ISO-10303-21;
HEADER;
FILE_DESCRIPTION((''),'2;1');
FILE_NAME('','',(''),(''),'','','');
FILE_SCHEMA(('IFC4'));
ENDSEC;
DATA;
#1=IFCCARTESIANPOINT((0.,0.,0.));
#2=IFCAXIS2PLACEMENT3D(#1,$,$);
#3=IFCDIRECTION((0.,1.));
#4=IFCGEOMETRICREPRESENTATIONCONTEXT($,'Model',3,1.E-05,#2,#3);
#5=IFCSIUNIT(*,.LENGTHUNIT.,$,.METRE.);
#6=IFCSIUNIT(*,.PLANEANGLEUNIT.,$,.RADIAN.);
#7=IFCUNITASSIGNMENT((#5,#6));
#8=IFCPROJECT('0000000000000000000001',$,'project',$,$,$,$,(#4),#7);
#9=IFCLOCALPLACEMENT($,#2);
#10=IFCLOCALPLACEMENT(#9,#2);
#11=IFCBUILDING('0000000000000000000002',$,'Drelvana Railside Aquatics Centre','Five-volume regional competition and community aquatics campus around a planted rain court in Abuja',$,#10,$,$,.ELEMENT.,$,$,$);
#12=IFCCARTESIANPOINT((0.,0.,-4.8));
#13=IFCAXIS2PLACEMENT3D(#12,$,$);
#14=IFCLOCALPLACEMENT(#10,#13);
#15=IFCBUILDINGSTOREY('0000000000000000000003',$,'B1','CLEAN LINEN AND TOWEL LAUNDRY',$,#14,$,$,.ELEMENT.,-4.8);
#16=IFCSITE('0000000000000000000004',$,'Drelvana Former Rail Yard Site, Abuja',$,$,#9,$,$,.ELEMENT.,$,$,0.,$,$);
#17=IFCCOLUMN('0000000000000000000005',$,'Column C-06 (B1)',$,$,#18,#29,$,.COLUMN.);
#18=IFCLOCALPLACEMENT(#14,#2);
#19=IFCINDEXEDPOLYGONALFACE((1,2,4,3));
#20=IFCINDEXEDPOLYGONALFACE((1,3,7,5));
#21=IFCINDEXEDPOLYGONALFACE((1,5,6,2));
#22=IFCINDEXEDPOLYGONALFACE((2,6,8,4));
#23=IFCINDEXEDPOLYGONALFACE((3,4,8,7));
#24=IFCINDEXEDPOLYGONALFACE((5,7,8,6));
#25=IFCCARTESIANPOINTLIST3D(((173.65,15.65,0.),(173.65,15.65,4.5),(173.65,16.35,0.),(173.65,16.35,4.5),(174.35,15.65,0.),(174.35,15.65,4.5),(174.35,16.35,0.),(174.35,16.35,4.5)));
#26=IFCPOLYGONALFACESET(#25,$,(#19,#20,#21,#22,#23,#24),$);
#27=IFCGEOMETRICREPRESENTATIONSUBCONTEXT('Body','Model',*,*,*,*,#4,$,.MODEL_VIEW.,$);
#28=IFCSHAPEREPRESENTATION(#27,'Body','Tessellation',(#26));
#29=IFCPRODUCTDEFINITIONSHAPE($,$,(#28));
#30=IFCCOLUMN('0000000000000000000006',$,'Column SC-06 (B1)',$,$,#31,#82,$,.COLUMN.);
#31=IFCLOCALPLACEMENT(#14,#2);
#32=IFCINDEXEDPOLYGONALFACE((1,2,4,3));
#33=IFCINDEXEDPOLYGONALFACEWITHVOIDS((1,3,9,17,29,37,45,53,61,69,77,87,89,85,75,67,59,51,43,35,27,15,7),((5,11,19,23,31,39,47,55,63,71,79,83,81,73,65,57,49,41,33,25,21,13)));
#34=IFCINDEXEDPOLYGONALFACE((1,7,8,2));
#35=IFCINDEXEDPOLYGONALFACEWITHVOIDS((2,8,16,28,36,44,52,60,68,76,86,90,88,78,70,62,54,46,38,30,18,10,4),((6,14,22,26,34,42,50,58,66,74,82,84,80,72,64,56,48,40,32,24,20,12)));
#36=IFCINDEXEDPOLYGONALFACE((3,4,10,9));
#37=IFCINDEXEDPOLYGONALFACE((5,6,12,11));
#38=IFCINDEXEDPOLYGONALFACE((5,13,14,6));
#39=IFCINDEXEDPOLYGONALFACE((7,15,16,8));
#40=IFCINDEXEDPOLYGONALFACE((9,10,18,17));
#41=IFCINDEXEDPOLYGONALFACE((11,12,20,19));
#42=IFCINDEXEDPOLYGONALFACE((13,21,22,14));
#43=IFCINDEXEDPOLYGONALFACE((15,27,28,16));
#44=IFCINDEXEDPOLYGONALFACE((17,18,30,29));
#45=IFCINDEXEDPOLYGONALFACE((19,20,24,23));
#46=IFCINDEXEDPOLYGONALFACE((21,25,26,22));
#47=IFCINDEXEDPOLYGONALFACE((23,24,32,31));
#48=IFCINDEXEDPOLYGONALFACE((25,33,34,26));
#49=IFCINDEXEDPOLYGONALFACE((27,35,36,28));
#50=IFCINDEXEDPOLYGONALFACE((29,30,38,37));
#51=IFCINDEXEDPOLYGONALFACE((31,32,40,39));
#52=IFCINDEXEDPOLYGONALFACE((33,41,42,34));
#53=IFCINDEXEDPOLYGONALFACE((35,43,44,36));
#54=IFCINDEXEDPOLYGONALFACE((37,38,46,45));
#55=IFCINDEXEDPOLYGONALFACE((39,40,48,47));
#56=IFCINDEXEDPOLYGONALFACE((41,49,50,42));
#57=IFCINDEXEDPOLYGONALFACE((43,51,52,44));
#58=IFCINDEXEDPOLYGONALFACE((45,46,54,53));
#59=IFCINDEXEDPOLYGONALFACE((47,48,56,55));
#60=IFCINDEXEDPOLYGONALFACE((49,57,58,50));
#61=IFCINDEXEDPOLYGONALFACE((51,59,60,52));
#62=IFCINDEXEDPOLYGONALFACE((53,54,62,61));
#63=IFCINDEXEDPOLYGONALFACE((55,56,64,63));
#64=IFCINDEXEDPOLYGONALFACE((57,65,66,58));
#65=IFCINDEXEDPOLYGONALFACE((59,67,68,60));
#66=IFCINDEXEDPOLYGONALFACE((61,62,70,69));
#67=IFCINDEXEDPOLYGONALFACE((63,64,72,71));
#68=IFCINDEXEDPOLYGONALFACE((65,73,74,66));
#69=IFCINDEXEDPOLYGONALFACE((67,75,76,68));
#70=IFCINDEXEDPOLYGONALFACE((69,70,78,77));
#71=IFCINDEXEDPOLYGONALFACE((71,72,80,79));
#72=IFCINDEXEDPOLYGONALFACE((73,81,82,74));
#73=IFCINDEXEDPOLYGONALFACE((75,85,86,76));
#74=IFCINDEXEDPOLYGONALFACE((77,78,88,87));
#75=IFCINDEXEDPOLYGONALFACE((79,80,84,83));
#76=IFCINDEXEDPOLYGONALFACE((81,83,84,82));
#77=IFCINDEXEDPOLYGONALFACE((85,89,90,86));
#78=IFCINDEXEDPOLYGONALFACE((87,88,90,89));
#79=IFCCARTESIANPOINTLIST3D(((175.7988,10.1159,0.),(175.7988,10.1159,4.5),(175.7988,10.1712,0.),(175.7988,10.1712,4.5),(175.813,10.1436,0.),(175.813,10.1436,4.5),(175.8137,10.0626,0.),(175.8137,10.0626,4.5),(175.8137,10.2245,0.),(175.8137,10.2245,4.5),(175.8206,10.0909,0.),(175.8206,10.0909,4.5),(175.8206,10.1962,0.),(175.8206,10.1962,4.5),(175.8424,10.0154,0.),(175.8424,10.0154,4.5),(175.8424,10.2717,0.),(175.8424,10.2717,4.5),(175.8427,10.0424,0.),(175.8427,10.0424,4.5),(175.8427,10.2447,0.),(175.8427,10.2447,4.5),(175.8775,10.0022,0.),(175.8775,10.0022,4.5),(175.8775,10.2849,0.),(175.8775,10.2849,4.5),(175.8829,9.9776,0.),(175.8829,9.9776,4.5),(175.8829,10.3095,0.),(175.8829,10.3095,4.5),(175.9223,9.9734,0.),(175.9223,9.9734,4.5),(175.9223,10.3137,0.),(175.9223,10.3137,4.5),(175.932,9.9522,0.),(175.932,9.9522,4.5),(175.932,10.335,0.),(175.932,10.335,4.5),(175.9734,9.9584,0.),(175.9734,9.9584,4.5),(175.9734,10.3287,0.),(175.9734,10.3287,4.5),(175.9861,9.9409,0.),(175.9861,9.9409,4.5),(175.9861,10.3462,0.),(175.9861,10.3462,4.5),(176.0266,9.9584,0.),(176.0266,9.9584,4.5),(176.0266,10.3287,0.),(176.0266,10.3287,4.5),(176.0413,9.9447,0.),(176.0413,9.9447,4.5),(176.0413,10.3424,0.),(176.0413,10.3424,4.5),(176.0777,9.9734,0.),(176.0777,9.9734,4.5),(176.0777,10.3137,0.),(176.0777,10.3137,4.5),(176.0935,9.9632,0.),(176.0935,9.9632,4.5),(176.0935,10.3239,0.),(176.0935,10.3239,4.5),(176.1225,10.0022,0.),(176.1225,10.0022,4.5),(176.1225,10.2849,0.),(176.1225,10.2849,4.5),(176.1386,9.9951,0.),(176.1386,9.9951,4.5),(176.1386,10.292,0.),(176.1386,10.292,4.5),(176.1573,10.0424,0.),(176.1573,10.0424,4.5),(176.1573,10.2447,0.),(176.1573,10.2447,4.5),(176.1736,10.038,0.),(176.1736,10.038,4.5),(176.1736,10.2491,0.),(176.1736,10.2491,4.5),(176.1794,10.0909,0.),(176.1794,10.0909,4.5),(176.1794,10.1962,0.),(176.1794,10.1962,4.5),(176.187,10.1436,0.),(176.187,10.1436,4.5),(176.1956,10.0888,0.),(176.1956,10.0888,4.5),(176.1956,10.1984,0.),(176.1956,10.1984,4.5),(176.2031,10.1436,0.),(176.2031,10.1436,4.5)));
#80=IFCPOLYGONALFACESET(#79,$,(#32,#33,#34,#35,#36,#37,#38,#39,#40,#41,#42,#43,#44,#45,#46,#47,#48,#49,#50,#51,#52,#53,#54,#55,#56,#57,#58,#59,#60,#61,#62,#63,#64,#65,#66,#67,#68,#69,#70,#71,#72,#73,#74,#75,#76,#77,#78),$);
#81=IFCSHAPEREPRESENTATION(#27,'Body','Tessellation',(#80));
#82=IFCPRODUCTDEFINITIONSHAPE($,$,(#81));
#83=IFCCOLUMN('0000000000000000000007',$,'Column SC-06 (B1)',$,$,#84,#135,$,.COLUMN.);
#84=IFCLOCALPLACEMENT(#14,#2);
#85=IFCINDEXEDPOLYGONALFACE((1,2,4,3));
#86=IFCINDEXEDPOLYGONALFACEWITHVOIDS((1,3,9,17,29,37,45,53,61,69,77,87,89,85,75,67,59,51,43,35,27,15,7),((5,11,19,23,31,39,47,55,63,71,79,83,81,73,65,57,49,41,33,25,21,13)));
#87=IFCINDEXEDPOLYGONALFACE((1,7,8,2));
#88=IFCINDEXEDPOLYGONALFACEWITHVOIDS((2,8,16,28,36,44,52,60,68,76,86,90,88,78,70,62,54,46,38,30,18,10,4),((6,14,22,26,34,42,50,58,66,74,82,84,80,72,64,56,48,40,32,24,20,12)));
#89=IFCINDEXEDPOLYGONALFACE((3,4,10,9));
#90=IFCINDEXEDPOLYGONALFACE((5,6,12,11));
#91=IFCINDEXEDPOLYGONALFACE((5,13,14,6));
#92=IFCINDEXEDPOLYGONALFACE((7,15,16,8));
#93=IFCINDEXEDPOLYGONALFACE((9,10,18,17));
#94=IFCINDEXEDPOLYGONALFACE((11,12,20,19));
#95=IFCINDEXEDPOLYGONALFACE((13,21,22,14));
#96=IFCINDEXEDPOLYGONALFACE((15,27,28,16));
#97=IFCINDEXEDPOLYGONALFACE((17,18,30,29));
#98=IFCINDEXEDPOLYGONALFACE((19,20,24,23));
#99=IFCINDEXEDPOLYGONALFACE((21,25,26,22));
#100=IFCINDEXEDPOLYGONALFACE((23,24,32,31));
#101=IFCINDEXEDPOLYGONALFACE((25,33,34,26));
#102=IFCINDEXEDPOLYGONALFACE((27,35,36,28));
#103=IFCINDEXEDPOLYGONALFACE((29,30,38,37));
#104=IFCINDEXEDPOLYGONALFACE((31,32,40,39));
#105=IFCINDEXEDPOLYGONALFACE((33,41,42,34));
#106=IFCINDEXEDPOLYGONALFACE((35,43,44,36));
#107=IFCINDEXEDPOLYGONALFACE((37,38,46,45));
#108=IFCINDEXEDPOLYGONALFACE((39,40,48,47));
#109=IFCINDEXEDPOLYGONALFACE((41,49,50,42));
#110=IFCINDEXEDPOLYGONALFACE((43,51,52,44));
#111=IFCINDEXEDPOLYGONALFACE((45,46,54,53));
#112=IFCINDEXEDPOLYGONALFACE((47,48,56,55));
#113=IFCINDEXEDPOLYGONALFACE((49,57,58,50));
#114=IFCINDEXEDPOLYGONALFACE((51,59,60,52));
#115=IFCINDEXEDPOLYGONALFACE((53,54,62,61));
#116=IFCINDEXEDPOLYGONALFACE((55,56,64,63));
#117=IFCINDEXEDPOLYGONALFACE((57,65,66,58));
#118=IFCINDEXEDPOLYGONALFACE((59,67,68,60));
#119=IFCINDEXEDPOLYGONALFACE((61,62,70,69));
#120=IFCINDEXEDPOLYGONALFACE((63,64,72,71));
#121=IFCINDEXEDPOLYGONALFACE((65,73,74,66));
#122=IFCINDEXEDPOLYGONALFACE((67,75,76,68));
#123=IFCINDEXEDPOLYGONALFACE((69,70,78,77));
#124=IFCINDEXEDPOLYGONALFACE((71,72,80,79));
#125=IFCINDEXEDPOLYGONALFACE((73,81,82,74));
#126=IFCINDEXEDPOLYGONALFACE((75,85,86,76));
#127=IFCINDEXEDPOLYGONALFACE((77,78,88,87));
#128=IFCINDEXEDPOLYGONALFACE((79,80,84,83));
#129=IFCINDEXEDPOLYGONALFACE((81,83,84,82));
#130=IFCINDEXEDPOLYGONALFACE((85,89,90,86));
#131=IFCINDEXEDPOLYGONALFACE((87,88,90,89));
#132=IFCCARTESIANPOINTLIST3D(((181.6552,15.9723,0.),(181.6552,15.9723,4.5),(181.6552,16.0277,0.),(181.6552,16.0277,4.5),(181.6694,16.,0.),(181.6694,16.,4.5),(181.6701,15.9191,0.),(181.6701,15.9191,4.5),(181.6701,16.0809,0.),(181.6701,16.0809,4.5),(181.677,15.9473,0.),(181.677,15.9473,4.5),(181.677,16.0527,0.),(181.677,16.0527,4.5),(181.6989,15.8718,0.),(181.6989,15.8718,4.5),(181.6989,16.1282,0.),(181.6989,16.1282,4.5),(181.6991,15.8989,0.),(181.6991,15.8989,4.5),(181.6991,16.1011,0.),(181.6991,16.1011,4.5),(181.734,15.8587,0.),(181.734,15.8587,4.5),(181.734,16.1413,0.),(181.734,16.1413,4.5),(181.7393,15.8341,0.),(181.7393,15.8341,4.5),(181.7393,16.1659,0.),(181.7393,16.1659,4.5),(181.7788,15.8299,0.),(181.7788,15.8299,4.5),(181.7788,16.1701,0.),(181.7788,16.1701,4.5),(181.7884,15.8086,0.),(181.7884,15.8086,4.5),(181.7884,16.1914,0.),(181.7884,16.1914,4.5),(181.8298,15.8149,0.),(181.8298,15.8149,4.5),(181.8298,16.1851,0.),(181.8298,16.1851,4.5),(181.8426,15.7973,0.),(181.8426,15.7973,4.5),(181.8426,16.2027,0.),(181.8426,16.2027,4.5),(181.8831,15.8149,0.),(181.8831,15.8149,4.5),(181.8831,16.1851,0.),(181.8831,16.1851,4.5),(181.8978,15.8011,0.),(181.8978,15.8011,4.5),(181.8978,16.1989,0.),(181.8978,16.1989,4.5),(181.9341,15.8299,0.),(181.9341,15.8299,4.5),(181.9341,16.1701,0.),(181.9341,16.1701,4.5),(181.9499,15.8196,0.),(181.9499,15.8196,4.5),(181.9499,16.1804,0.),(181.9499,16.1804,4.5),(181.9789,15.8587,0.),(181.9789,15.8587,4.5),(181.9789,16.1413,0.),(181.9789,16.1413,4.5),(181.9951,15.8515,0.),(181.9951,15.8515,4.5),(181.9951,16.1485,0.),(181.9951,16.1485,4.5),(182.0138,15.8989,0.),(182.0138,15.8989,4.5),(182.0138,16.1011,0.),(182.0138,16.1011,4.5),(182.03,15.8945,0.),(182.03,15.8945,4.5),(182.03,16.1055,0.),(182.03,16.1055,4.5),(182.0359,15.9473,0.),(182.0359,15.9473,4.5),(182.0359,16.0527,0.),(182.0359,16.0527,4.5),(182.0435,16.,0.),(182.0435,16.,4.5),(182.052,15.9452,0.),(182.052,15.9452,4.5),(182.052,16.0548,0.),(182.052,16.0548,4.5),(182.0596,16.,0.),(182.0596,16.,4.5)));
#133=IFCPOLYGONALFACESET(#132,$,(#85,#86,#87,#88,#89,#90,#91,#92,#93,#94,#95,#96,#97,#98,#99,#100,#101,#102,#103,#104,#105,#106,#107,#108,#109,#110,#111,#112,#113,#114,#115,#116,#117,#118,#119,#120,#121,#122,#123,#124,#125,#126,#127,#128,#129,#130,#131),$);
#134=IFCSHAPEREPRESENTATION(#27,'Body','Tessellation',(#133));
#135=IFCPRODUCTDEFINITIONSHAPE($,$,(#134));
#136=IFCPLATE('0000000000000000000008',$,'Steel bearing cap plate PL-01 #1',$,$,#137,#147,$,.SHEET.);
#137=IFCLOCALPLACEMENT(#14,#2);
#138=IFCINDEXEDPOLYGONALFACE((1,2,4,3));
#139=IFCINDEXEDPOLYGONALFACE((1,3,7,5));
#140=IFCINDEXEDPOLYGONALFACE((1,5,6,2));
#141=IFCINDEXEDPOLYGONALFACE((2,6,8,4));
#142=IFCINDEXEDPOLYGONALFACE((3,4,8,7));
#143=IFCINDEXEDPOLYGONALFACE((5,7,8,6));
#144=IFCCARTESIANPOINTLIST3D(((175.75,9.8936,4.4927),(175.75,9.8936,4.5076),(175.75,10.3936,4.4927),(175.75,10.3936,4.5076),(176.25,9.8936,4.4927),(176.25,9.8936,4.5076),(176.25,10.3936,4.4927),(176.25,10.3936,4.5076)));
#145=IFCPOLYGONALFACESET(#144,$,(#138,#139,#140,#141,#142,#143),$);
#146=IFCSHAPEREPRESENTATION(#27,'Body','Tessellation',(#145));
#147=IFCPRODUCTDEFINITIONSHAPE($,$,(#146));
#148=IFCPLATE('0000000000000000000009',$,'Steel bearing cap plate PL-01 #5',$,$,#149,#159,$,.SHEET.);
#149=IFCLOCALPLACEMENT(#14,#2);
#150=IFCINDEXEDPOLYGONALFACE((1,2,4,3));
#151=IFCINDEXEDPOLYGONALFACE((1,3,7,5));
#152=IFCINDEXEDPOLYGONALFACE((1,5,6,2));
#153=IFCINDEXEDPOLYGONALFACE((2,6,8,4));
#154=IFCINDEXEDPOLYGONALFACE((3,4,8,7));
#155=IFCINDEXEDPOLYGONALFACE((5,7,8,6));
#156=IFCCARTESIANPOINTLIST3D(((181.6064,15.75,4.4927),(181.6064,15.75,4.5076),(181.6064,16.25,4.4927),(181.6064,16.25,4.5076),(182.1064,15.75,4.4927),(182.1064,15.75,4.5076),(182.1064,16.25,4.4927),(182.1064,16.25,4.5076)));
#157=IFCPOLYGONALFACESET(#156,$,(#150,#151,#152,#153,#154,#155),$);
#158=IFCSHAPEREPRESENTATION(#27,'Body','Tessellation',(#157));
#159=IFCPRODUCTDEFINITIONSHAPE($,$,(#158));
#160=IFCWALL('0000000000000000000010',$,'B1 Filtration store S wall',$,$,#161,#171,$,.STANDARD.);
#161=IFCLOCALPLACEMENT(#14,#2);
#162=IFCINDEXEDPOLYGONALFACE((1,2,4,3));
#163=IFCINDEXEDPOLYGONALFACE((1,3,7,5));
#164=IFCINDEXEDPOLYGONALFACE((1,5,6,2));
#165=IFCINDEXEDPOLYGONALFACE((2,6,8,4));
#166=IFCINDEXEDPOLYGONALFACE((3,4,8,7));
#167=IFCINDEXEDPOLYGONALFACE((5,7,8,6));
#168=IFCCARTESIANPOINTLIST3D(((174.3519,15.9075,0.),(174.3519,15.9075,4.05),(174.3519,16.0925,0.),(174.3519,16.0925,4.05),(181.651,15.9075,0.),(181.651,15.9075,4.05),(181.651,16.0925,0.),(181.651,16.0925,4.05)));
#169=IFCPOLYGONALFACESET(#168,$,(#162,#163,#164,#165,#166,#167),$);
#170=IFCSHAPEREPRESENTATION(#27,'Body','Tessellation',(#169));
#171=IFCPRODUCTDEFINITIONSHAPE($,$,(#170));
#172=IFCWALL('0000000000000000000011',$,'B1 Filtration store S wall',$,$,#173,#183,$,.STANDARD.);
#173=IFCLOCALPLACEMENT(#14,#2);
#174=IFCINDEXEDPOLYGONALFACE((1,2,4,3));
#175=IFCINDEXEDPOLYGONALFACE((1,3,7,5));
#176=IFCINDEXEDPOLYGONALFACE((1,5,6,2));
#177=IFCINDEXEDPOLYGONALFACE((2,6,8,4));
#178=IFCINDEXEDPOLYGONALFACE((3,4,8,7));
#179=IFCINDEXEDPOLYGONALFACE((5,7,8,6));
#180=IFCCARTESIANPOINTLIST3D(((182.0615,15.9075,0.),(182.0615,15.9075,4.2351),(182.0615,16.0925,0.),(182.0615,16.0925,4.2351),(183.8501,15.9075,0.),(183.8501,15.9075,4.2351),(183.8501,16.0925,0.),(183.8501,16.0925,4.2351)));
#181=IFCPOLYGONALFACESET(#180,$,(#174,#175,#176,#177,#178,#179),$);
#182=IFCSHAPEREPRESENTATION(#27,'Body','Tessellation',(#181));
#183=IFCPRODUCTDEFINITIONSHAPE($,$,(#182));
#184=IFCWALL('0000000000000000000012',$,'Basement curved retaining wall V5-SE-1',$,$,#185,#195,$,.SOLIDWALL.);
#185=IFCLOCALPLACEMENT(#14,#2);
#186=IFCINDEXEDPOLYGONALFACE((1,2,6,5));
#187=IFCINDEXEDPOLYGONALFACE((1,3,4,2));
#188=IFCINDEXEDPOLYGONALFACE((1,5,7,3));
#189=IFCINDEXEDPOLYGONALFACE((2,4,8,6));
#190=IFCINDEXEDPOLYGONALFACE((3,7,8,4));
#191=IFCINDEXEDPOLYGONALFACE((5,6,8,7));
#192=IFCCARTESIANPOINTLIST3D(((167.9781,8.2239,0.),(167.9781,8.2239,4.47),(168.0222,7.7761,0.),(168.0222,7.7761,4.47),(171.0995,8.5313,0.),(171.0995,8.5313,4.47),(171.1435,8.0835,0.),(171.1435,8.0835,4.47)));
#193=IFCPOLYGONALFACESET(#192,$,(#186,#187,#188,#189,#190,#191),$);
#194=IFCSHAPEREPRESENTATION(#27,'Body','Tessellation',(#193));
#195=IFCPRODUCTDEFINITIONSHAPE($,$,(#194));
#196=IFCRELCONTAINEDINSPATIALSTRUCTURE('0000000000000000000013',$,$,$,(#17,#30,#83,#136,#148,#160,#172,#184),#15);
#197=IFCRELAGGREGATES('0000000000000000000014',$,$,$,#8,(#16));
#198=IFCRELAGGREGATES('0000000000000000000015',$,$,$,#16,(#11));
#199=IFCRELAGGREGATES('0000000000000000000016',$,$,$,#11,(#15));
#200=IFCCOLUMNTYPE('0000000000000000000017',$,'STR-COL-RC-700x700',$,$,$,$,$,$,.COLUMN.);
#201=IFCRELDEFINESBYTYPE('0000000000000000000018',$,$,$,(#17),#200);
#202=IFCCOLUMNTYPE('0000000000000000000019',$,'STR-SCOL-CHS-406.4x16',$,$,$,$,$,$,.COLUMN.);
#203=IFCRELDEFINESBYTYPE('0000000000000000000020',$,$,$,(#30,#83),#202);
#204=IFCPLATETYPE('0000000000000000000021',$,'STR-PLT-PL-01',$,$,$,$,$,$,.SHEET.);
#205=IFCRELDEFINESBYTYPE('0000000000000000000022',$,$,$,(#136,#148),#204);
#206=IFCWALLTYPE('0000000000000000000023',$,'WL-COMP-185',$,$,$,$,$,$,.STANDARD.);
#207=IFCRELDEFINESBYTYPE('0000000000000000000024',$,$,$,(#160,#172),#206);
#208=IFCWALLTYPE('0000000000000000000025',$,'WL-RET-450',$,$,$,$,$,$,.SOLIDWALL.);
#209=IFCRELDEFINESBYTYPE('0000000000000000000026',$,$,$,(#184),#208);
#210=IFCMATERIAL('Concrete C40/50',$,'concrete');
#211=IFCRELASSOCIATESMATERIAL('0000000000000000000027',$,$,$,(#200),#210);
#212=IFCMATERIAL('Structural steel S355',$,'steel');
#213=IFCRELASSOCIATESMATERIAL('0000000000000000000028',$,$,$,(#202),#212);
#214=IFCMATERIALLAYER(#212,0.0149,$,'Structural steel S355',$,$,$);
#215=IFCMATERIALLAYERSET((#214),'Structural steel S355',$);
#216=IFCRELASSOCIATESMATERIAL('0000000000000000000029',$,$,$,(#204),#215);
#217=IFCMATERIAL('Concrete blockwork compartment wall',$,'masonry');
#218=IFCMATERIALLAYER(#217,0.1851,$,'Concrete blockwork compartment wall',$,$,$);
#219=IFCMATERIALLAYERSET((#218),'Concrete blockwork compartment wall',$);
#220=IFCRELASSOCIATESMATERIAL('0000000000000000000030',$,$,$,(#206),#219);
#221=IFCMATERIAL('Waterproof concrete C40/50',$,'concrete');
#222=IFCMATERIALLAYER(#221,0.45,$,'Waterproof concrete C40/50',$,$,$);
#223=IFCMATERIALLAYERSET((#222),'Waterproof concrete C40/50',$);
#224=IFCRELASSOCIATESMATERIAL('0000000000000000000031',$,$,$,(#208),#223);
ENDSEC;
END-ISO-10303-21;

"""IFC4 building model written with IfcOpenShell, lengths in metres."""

from ifc_helpers import new_model, si_unit, direction, frame, frame_2d, origin, origin_2d, place, context, subcontext, project, spatial, rectangle, hollow_circle, extrude, material, layer, layer_set, material_profile, profile_set, type_object, element, save


model = new_model("IFC4")

# Units and contexts
model_context = context("Model", 3, precision=1e-05, world=origin(), true_north=direction((0.0, 1.0)))
body_context = subcontext(model_context, "Body", "Model", "MODEL_VIEW")
ifc_project = project(units=[si_unit("LENGTHUNIT", "METRE"), si_unit("PLANEANGLEUNIT", "RADIAN")], contexts=[model_context])

# Site, building, storey
site_placement = place(None, origin())
site = spatial("IfcSite", under=ifc_project, at=site_placement, Name="Drelvana Former Rail Yard Site, Abuja", CompositionType="ELEMENT", RefElevation=0.0)
building_placement = place(site_placement, origin())
building = spatial("IfcBuilding", under=site, at=building_placement, Name="Drelvana Railside Aquatics Centre", Description="Five-volume regional competition and community aquatics campus around a planted rain court in Abuja", CompositionType="ELEMENT")
storey_placement = place(building_placement, frame((0.0, 0.0, -4.8)))
storey = spatial("IfcBuildingStorey", under=building, at=storey_placement, Name="B1", Description="CLEAN LINEN AND TOWEL LAUNDRY", CompositionType="ELEMENT", Elevation=-4.8)

# Columns
ifc_material_1 = material(Name="Concrete C40/50", Category="concrete")
ifc_material_profile_1 = material_profile(ifc_material_1, rectangle(XDim=0.7, YDim=0.7, at=origin_2d()), Name="RC 700x700")
ifc_profile_set_1 = profile_set([ifc_material_profile_1], Name="Concrete C40/50")
column_type_1 = type_object("IfcColumnType", Name="STR-COL-RC-700x700", PredefinedType="COLUMN", material=ifc_profile_set_1)
column_placement = place(storey_placement, frame((174.0, 16.0, 0.0), z_axis=(0.0, 0.0, 1.0), x_axis=(1.0, 0.0, 0.0)))
element("IfcColumn", 1, at=column_placement, inside=storey, type_object=column_type_1, Name="Column C-06 (B1)", PredefinedType="COLUMN", context=body_context, shape_type="SweptSolid", body=[
    extrude(rectangle(XDim=0.7, YDim=0.7, at=origin_2d()), origin(), (0.0, 0.0, 1.0), 4.5),
])
ifc_material_2 = material(Name="Structural steel S355", Category="steel")
ifc_material_profile_2 = material_profile(ifc_material_2, hollow_circle(Radius=0.2031, WallThickness=0.0161, at=origin_2d()), Name="CHS 406.4x16")
ifc_profile_set_2 = profile_set([ifc_material_profile_2], Name="Structural steel S355")
column_type_2 = type_object("IfcColumnType", Name="STR-SCOL-CHS-406.4x16", PredefinedType="COLUMN", material=ifc_profile_set_2)
for number, where, z_axis, x_axis, name in (
    (2, (176.0, 10.1436, 0.0), (0.0, 0.0, 1.0), (1.0, 0.0, 0.0), "Column SC-06 (B1)"),
    (3, (181.8564, 16.0, 0.0), (0.0, 0.0, 1.0), (1.0, 0.0, 0.0), "Column SC-06 (B1)"),
):
    element("IfcColumn", number, at=place(storey_placement, frame(where, z_axis=z_axis, x_axis=x_axis)), inside=storey, type_object=column_type_2, Name=name, PredefinedType="COLUMN", context=body_context, shape_type="SweptSolid", body=[
        extrude(hollow_circle(Radius=0.2031, WallThickness=0.0161, at=origin_2d()), origin(), (0.0, 0.0, 1.0), 4.5),
    ])

# Plates
ifc_layer_1 = layer(ifc_material_2, 0.0149, Name="Structural steel S355")
ifc_layer_set_1 = layer_set([ifc_layer_1], Name="Structural steel S355")
plate_type = type_object("IfcPlateType", Name="STR-PLT-PL-01", PredefinedType="SHEET", material=ifc_layer_set_1)
for number, where, z_axis, x_axis, name in (
    (4, (176.0, 10.1436, 4.4927), (0.0, 0.0, 1.0), (1.0, 0.0, 0.0), "Steel bearing cap plate PL-01 #1"),
    (5, (181.8564, 16.0, 4.4927), (0.0, 0.0, 1.0), (1.0, 0.0, 0.0), "Steel bearing cap plate PL-01 #5"),
):
    element("IfcPlate", number, at=place(storey_placement, frame(where, z_axis=z_axis, x_axis=x_axis)), inside=storey, type_object=plate_type, Name=name, PredefinedType="SHEET", context=body_context, shape_type="SweptSolid", body=[
        extrude(rectangle(XDim=0.5, YDim=0.5, at=origin_2d()), origin(), (0.0, 0.0, 1.0), 0.0149),
    ])

# Walls
ifc_material_3 = material(Name="Concrete blockwork compartment wall", Category="masonry")
ifc_layer_2 = layer(ifc_material_3, 0.1851, Name="Concrete blockwork compartment wall")
ifc_layer_set_2 = layer_set([ifc_layer_2], Name="Concrete blockwork compartment wall")
wall_type_1 = type_object("IfcWallType", Name="WL-COMP-185", PredefinedType="STANDARD", material=ifc_layer_set_2)
wall_1_placement = place(storey_placement, frame((174.3521, 16.0, 0.0), z_axis=(0.0, 0.0, 1.0), x_axis=(1.0, 0.0, 0.0)))
element("IfcWall", 6, at=wall_1_placement, inside=storey, type_object=wall_type_1, Name="B1 Filtration store S wall", PredefinedType="STANDARD", context=body_context, shape_type="SweptSolid", body=[
    extrude(rectangle(XDim=7.2991, YDim=0.1851, at=frame_2d((3.6494, 0.0))), origin(), (0.0, 0.0, 1.0), 4.05),
])
wall_2_placement = place(storey_placement, frame((182.0615, 16.0, 0.0), z_axis=(0.0, 0.0, 1.0), x_axis=(1.0, 0.0, 0.0)))
element("IfcWall", 7, at=wall_2_placement, inside=storey, type_object=wall_type_1, Name="B1 Filtration store S wall", PredefinedType="STANDARD", context=body_context, shape_type="SweptSolid", body=[
    extrude(rectangle(XDim=1.7886, YDim=0.1851, at=frame_2d((0.8943, 0.0))), origin(), (0.0, 0.0, 1.0), 4.2351),
])
ifc_material_4 = material(Name="Waterproof concrete C40/50", Category="concrete")
ifc_layer_3 = layer(ifc_material_4, 0.45, Name="Waterproof concrete C40/50")
ifc_layer_set_3 = layer_set([ifc_layer_3], Name="Waterproof concrete C40/50")
wall_type_2 = type_object("IfcWallType", Name="WL-RET-450", PredefinedType="SOLIDWALL", material=ifc_layer_set_3)
wall_3_placement = place(storey_placement, frame((168.0, 8.0, 0.0), z_axis=(0.0, 0.0, 1.0), x_axis=(0.995186, 0.098001, 0.0)))
element("IfcWall", 8, at=wall_3_placement, inside=storey, type_object=wall_type_2, Name="Basement curved retaining wall V5-SE-1", PredefinedType="SOLIDWALL", context=body_context, shape_type="SweptSolid", body=[
    extrude(rectangle(XDim=3.1365, YDim=0.45, at=frame_2d((1.5684, 0.0))), origin(), (0.0, 0.0, 1.0), 4.47),
])

save(model, "model.ifc")
